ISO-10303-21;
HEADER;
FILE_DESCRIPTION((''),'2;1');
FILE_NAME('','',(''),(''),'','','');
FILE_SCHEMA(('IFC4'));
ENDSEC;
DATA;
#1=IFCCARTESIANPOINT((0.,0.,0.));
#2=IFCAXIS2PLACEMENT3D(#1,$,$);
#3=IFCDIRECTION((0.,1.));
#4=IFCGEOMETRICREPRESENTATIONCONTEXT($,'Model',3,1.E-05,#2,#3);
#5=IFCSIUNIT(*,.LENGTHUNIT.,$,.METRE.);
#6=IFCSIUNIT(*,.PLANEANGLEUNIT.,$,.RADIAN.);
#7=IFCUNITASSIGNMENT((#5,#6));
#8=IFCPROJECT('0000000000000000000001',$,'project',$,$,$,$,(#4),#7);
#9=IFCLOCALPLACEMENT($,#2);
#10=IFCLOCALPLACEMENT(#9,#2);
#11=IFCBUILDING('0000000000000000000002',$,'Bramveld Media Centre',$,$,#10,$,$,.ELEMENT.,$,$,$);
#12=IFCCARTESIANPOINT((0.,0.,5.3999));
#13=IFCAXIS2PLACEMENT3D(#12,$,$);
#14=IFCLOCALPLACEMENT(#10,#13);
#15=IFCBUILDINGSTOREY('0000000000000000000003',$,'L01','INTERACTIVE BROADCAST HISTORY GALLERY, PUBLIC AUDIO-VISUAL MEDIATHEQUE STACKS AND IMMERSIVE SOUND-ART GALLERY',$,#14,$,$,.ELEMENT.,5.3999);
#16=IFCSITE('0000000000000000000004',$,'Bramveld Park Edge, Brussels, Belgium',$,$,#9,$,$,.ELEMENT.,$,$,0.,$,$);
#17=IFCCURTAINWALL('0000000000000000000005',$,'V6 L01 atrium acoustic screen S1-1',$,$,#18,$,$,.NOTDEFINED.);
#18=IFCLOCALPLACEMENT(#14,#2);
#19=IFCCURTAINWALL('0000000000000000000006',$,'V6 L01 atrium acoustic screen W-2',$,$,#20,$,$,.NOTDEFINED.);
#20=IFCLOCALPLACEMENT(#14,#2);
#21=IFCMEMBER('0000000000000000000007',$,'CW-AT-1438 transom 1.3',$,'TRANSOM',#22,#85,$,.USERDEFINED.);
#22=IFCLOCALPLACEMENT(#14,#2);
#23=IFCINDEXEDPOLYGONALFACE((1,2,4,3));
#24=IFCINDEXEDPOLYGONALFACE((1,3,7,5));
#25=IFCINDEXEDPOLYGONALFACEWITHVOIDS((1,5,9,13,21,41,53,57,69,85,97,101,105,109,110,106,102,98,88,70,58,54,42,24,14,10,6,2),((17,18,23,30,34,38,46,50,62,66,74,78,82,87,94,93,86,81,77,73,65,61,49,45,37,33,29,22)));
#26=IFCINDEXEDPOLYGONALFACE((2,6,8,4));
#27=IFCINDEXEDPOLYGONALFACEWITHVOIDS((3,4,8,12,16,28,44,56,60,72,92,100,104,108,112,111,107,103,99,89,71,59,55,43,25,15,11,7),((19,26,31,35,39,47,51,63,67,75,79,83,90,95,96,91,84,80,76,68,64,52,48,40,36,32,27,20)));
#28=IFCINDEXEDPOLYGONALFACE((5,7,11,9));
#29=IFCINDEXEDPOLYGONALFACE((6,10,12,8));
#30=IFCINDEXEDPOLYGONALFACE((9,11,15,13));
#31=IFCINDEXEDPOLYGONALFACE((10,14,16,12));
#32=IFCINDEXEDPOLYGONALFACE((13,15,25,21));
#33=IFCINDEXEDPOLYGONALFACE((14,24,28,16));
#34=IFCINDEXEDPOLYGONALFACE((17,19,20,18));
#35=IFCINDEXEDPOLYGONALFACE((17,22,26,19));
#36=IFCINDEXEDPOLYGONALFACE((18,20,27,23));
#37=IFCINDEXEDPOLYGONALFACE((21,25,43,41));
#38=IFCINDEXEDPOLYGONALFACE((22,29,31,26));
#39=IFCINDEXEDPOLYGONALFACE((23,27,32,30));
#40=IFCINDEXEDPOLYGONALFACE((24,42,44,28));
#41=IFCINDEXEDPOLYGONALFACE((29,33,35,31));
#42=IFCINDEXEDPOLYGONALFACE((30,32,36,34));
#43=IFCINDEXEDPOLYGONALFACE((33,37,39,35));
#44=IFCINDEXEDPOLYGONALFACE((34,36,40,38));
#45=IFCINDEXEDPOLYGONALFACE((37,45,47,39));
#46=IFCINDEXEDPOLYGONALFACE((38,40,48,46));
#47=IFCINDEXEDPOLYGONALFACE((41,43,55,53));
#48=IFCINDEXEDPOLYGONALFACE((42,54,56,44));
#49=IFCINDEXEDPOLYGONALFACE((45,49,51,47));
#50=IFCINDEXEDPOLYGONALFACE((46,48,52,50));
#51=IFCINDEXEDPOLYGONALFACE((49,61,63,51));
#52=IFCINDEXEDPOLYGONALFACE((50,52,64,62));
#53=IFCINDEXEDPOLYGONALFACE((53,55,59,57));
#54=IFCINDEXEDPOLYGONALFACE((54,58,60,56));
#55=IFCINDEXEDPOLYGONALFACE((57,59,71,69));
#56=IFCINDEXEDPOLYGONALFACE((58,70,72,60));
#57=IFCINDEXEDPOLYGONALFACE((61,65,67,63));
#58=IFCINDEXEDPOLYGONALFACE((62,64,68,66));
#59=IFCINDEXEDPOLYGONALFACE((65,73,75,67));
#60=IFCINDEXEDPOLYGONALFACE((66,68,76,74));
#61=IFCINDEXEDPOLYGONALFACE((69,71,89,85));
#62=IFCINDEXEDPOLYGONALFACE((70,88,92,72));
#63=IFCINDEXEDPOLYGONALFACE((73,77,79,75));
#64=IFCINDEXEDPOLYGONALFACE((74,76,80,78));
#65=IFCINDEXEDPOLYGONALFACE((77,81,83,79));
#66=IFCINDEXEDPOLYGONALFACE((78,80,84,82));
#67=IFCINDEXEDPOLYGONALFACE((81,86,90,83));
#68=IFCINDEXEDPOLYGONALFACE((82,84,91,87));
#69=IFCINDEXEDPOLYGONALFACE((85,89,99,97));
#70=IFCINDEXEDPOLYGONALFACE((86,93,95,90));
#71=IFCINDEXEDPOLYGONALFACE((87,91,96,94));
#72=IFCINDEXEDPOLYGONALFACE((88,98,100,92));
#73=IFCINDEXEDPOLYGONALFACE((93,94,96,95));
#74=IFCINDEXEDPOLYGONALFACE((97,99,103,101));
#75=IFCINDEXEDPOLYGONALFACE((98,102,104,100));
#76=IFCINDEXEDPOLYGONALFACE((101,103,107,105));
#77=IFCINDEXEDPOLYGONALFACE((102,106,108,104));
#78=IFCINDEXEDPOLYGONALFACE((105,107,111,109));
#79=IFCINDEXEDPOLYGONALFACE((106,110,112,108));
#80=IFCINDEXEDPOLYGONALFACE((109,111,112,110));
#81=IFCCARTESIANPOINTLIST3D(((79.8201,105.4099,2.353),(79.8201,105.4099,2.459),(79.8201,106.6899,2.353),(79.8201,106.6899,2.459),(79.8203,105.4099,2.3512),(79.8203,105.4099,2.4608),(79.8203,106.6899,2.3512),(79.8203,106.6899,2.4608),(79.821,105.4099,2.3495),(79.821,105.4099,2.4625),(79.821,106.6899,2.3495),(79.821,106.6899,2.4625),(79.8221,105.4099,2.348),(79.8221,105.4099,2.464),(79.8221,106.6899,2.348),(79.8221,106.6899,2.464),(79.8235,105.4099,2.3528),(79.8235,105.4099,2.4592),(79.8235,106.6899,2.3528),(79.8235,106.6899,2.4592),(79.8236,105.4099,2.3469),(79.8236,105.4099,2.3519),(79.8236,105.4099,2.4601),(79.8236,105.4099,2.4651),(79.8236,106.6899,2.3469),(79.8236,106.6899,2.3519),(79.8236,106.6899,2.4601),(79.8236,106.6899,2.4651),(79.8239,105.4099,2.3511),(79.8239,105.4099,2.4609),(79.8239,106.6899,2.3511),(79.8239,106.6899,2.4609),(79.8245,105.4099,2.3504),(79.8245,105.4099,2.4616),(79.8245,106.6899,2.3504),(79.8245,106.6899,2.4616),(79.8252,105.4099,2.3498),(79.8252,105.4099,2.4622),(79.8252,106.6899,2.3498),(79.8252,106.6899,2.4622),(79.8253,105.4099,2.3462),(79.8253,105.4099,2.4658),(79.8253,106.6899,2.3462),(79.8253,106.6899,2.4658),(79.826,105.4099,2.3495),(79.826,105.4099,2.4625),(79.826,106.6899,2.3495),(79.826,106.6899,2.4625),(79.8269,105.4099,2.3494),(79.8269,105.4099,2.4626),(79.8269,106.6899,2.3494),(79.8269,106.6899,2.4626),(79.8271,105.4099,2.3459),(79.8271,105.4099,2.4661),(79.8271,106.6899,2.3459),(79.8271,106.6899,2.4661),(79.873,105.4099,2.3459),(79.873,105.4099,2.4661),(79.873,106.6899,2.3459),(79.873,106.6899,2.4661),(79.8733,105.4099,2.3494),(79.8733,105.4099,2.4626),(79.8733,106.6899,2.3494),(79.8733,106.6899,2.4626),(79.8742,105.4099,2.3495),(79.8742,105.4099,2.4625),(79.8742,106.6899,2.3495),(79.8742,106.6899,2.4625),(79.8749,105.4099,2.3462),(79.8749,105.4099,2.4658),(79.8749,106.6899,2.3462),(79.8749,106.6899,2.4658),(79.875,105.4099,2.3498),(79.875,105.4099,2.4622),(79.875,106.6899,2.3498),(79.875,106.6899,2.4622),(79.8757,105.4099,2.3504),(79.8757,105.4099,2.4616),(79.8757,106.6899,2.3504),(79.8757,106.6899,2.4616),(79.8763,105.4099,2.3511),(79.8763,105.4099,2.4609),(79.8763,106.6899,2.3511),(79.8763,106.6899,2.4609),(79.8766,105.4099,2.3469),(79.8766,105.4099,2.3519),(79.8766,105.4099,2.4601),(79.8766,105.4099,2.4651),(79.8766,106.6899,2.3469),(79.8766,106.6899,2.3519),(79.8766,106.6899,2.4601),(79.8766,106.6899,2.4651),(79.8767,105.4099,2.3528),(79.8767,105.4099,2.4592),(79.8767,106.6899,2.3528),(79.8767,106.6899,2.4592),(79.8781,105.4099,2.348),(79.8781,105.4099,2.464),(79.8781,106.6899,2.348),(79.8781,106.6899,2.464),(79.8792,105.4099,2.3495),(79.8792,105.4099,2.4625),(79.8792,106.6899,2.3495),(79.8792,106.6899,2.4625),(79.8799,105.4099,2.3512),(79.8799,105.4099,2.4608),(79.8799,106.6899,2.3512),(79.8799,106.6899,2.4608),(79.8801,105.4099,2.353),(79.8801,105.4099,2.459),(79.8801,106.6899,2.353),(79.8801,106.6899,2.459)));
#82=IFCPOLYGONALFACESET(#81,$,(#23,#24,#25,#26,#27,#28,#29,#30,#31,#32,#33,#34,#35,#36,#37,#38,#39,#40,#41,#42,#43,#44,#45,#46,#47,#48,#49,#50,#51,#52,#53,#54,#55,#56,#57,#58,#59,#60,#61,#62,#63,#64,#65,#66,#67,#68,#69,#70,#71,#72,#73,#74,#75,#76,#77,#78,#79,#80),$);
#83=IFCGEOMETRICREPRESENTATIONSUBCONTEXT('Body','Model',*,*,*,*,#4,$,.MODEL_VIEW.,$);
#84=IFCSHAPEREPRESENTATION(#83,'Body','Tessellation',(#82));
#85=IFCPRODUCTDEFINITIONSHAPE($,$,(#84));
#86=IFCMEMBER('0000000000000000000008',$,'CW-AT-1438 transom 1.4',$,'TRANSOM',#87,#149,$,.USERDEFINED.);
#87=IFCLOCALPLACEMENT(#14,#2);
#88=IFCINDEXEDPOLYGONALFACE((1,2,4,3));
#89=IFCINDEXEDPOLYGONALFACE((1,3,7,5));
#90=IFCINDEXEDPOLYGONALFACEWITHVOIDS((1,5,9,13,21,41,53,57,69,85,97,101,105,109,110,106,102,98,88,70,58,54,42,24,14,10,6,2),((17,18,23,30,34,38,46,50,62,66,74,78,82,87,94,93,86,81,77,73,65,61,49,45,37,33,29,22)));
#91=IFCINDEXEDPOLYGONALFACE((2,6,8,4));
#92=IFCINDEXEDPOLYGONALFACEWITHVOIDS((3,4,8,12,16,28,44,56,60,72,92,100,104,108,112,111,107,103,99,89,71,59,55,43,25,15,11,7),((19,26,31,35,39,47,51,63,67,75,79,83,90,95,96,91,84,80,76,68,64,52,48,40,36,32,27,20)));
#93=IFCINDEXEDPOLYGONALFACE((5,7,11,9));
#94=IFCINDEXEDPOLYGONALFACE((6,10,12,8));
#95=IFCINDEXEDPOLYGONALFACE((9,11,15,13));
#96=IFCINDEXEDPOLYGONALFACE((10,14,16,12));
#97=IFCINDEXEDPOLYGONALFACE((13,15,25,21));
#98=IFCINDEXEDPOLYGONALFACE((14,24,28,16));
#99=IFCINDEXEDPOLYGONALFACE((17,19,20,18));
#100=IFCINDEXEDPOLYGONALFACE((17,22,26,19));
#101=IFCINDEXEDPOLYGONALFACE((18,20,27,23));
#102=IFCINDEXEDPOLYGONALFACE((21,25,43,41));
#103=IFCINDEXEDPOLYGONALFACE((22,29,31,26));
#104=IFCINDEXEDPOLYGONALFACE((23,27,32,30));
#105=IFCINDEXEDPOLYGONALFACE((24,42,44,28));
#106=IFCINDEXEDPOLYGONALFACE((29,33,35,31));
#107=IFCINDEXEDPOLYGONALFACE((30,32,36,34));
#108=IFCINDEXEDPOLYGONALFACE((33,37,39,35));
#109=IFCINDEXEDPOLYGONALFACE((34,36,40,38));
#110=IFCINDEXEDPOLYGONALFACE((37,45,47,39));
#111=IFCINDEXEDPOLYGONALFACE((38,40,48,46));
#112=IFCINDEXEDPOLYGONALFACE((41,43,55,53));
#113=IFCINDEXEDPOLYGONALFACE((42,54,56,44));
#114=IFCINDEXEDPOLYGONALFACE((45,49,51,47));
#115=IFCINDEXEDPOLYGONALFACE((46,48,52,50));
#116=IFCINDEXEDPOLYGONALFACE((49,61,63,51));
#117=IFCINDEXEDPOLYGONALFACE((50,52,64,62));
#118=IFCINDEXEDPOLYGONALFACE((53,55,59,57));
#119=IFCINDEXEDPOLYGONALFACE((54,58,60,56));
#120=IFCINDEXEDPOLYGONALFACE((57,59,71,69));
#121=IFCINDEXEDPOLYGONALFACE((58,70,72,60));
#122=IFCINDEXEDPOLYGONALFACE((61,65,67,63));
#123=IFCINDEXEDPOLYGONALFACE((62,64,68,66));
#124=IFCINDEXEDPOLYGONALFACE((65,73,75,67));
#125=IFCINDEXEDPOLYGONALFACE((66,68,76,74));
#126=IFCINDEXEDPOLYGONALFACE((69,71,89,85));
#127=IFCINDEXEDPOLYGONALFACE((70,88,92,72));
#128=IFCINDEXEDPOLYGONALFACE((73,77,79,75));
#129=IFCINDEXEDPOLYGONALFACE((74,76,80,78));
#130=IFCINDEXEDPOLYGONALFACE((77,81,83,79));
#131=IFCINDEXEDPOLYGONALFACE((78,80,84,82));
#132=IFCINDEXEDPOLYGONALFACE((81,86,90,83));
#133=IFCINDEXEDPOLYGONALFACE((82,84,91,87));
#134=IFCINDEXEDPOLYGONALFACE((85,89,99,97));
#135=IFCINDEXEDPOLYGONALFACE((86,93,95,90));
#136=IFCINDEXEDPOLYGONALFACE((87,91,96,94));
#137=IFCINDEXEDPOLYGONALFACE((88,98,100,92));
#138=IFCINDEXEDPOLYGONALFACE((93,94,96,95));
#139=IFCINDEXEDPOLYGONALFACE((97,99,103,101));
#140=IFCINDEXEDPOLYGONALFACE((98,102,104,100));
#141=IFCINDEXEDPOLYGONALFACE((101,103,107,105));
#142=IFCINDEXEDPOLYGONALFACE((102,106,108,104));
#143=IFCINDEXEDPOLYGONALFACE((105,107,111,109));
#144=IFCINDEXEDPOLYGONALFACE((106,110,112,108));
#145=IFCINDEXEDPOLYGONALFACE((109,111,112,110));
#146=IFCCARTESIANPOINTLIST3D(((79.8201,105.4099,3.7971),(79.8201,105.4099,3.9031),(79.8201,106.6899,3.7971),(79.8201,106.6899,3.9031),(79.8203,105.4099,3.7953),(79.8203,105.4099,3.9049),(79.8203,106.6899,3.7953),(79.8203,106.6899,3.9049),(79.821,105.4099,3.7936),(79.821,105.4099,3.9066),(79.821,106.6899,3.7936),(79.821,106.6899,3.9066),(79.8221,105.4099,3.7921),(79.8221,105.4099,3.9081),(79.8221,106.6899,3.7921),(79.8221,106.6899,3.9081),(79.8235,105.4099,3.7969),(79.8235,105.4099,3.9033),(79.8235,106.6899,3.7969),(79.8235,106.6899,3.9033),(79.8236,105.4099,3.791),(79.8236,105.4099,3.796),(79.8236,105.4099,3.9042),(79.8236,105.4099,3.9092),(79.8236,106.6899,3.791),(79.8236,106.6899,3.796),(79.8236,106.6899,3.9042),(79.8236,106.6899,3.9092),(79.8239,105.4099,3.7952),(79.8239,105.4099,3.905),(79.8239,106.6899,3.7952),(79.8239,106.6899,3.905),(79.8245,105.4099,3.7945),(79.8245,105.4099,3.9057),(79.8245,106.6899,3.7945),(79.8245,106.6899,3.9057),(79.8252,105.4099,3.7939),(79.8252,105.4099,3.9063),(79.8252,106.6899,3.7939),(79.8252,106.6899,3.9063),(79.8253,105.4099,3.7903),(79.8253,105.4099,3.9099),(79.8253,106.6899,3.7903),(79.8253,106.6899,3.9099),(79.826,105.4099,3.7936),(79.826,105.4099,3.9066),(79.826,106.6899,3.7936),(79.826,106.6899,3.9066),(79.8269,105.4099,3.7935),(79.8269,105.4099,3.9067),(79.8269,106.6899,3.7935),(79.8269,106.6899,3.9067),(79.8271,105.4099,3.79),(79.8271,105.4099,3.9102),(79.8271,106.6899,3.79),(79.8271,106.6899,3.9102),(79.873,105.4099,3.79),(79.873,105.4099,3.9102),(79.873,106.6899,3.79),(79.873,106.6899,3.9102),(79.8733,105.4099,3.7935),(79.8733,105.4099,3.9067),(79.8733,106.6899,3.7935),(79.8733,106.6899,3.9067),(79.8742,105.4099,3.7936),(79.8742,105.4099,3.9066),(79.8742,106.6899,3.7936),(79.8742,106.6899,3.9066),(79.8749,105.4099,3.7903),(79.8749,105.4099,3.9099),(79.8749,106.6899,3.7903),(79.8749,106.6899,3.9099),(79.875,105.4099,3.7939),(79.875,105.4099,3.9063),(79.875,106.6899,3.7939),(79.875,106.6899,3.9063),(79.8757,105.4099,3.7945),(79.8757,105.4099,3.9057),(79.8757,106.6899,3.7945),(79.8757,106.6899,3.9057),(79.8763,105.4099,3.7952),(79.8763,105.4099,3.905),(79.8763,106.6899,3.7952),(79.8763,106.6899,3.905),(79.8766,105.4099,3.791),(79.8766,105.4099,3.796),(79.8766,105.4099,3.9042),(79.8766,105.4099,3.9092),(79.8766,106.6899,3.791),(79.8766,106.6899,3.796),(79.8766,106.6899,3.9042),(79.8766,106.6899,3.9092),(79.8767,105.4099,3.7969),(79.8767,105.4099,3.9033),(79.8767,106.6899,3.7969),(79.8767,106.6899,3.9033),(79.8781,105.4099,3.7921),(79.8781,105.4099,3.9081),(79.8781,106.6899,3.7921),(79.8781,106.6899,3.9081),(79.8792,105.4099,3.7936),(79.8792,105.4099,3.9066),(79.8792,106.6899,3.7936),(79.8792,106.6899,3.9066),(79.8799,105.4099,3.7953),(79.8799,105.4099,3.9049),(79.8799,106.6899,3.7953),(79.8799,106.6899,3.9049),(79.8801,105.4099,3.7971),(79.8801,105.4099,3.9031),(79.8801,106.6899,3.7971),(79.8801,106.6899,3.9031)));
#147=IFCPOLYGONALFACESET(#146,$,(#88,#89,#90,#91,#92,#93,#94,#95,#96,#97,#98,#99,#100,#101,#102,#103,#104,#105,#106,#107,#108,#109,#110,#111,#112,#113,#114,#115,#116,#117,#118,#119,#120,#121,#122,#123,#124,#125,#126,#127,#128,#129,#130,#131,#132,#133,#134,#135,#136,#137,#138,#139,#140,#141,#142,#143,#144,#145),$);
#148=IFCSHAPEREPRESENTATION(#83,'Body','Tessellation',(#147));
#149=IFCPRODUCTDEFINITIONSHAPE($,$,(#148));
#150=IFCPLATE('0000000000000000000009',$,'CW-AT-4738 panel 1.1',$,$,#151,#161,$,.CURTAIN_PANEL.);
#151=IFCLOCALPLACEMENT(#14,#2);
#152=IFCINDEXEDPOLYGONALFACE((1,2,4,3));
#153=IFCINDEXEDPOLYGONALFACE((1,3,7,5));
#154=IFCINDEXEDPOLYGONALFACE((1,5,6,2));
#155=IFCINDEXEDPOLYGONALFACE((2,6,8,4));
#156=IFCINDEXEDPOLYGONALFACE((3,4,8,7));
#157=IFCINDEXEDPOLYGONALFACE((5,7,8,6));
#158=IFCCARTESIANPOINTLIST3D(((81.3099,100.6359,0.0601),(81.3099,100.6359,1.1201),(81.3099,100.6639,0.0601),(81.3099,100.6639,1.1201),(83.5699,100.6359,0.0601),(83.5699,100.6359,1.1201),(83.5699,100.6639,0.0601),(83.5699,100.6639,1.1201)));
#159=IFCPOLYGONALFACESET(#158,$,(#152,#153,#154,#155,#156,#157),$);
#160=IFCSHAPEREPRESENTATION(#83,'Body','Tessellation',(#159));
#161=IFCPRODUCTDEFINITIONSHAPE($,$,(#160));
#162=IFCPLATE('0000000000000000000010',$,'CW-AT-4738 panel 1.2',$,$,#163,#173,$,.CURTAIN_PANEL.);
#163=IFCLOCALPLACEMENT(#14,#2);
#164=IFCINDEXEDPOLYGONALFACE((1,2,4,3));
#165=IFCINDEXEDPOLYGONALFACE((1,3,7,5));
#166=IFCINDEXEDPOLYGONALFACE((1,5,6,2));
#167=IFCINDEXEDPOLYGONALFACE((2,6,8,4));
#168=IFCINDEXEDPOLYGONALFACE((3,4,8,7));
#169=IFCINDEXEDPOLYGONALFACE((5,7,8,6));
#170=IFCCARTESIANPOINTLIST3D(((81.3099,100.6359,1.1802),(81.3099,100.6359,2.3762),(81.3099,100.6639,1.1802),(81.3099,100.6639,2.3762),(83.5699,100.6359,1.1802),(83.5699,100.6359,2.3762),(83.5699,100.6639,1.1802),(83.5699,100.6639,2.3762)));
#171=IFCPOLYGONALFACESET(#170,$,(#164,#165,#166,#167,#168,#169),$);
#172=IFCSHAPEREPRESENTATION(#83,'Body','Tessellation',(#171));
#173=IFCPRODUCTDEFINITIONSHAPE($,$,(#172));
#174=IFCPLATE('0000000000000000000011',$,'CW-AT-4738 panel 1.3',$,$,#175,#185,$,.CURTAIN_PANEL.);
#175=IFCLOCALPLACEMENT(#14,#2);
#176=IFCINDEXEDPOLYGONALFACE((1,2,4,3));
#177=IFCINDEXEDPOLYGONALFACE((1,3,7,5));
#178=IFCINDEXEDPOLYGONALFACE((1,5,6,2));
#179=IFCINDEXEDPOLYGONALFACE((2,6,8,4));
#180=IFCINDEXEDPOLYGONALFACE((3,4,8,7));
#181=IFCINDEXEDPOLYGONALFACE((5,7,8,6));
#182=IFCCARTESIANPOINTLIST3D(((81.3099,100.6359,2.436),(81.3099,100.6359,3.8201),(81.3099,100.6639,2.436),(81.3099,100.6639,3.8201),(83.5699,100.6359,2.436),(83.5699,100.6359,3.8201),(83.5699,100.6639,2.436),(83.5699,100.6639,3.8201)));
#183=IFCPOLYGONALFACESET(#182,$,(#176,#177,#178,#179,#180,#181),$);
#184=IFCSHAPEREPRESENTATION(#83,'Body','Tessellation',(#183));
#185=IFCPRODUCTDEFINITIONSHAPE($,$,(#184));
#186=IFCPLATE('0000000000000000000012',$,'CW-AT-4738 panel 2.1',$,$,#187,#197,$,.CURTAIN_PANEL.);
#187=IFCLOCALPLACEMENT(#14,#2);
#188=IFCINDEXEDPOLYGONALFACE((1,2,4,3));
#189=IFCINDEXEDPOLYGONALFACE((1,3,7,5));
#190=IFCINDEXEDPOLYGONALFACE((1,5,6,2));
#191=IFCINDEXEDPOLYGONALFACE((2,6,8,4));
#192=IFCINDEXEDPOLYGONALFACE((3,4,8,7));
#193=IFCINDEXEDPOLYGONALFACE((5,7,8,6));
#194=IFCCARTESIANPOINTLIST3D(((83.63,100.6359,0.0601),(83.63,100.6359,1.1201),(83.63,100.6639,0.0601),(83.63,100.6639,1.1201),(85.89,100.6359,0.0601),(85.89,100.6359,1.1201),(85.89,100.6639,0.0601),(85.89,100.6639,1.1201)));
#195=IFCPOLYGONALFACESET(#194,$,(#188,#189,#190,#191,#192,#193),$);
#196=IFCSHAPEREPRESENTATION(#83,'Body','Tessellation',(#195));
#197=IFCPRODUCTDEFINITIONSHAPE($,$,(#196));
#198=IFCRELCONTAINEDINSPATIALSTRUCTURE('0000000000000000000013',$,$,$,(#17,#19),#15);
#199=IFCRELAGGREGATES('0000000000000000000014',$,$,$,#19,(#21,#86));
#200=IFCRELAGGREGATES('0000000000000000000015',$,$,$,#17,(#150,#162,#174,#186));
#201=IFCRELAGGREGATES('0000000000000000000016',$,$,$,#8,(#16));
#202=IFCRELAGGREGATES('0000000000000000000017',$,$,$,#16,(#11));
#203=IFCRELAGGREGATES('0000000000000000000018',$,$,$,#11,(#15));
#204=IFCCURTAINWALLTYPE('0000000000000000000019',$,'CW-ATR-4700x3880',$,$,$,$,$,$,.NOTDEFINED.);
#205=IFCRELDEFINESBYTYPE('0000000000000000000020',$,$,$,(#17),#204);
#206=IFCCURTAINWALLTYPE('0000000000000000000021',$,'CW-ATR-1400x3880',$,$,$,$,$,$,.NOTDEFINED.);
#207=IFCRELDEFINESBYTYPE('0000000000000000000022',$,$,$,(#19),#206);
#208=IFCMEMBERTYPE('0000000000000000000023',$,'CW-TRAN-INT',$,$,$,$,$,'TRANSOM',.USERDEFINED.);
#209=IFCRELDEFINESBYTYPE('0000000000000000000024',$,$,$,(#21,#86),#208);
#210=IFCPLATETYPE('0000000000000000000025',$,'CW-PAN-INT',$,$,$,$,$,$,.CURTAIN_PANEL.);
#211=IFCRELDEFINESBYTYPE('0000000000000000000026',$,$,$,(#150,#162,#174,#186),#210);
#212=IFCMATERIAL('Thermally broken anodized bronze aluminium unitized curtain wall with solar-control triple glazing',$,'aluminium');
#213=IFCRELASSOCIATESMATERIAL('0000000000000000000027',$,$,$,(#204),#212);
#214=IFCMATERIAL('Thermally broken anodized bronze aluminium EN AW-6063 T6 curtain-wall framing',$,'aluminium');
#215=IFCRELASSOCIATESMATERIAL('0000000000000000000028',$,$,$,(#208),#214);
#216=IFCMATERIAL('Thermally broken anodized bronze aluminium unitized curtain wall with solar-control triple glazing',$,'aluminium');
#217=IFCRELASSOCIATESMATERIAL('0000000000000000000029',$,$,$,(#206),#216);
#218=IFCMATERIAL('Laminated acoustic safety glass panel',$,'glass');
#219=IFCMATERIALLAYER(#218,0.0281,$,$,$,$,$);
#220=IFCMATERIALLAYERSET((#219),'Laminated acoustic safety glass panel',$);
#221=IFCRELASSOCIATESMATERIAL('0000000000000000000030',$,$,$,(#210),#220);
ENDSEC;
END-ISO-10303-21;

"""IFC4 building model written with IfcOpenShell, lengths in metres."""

from ifc_helpers import new_model, si_unit, direction, frame, origin, origin_2d, place, context, subcontext, project, spatial, rectangle, hollow_rectangle, extrude, material, layer, layer_set, material_profile, profile_set, type_object, element, aggregate, save


model = new_model("IFC4")

# Units and contexts
model_context = context("Model", 3, precision=1e-05, world=origin(), true_north=direction((0.0, 1.0)))
body_context = subcontext(model_context, "Body", "Model", "MODEL_VIEW")
ifc_project = project(units=[si_unit("LENGTHUNIT", "METRE"), si_unit("PLANEANGLEUNIT", "RADIAN")], contexts=[model_context])

# Site, building, storey
site_placement = place(None, origin())
site = spatial("IfcSite", under=ifc_project, at=site_placement, Name="Bramveld Park Edge, Brussels, Belgium", CompositionType="ELEMENT", RefElevation=0.0)
building_placement = place(site_placement, origin())
building = spatial("IfcBuilding", under=site, at=building_placement, Name="Bramveld Media Centre", CompositionType="ELEMENT")
storey_placement = place(building_placement, frame((0.0, 0.0, 5.3999)))
storey = spatial("IfcBuildingStorey", under=building, at=storey_placement, Name="L01", Description="INTERACTIVE BROADCAST HISTORY GALLERY, PUBLIC AUDIO-VISUAL MEDIATHEQUE STACKS AND IMMERSIVE SOUND-ART GALLERY", CompositionType="ELEMENT", Elevation=5.3999)

# Curtain walls, members
ifc_material_1 = material(Name="Thermally broken anodized bronze aluminium unitized curtain wall with solar-control triple glazing", Category="aluminium")
curtain_wall_type_1 = type_object("IfcCurtainWallType", Name="CW-ATR-4700x3880", PredefinedType="NOTDEFINED", material=ifc_material_1)
curtain_wall_1_placement = place(storey_placement, origin())
curtain_wall_1 = element("IfcCurtainWall", 1, at=curtain_wall_1_placement, inside=storey, type_object=curtain_wall_type_1, Name="V6 L01 atrium acoustic screen S1-1", PredefinedType="NOTDEFINED")
ifc_material_2 = material(Name="Thermally broken anodized bronze aluminium EN AW-6063 T6 curtain-wall framing", Category="aluminium")
ifc_material_profile_1 = material_profile(ifc_material_2, hollow_rectangle(XDim=0.0601, YDim=0.1201, WallThickness=0.0034, InnerFilletRadius=0.0034, OuterFilletRadius=0.0071, at=origin_2d()), Name="AL-TRAN 60x120")
ifc_profile_set_1 = profile_set([ifc_material_profile_1], Name="Thermally broken anodized bronze aluminium EN AW-6063 T6 curtain-wall framing")
member_type_1 = type_object("IfcMemberType", Name="CW-TRAN-INT", ElementType="TRANSOM", PredefinedType="USERDEFINED", material=ifc_profile_set_1)
ifc_material_3 = material(Name="Thermally broken anodized bronze aluminium unitized curtain wall with solar-control triple glazing", Category="aluminium")
curtain_wall_type_2 = type_object("IfcCurtainWallType", Name="CW-ATR-1400x3880", PredefinedType="NOTDEFINED", material=ifc_material_3)
curtain_wall_2_placement = place(storey_placement, origin())
curtain_wall_2 = element("IfcCurtainWall", 2, at=curtain_wall_2_placement, inside=storey, type_object=curtain_wall_type_2, Name="V6 L01 atrium acoustic screen W-2", PredefinedType="NOTDEFINED")
member_1_placement = place(storey_placement, frame((79.8501, 105.4099, 2.406), z_axis=(0.0, 1.0, 0.0), x_axis=(-1.0, 0.0, 0.0)))
member_1 = element("IfcMember", 3, at=member_1_placement, type_object=member_type_1, Name="CW-AT-1438 transom 1.3", ObjectType="TRANSOM", PredefinedType="USERDEFINED", context=body_context, shape_type="SweptSolid", body=[
    extrude(hollow_rectangle(XDim=0.0601, YDim=0.1201, WallThickness=0.0034, InnerFilletRadius=0.0034, OuterFilletRadius=0.0071, at=origin_2d()), origin(), (0.0, 0.0, 1.0), 1.28),
])
member_2_placement = place(storey_placement, frame((79.8501, 105.4099, 3.8501), z_axis=(0.0, 1.0, 0.0), x_axis=(-1.0, 0.0, 0.0)))
member_2 = element("IfcMember", 4, at=member_2_placement, type_object=member_type_1, Name="CW-AT-1438 transom 1.4", ObjectType="TRANSOM", PredefinedType="USERDEFINED", context=body_context, shape_type="SweptSolid", body=[
    extrude(hollow_rectangle(XDim=0.0601, YDim=0.1201, WallThickness=0.0034, InnerFilletRadius=0.0034, OuterFilletRadius=0.0071, at=origin_2d()), origin(), (0.0, 0.0, 1.0), 1.28),
])
aggregate(curtain_wall_2, [member_1, member_2])

# Plates
ifc_material_4 = material(Name="Laminated acoustic safety glass panel", Category="glass")
ifc_layer = layer(ifc_material_4, 0.0281)
ifc_layer_set = layer_set([ifc_layer], Name="Laminated acoustic safety glass panel")
plate_type = type_object("IfcPlateType", Name="CW-PAN-INT", PredefinedType="CURTAIN_PANEL", material=ifc_layer_set)
plate_1_placement = place(storey_placement, frame((82.4399, 100.6499, 0.0601), z_axis=(0.0, 0.0, 1.0), x_axis=(1.0, 0.0, 0.0)))
plate_1 = element("IfcPlate", 5, at=plate_1_placement, type_object=plate_type, Name="CW-AT-4738 panel 1.1", PredefinedType="CURTAIN_PANEL", context=body_context, shape_type="SweptSolid", body=[
    extrude(rectangle(XDim=2.26, YDim=0.0281, at=origin_2d()), origin(), (0.0, 0.0, 1.0), 1.0601),
])
plate_2_placement = place(storey_placement, frame((82.4399, 100.6499, 1.1802), z_axis=(0.0, 0.0, 1.0), x_axis=(1.0, 0.0, 0.0)))
plate_2 = element("IfcPlate", 6, at=plate_2_placement, type_object=plate_type, Name="CW-AT-4738 panel 1.2", PredefinedType="CURTAIN_PANEL", context=body_context, shape_type="SweptSolid", body=[
    extrude(rectangle(XDim=2.26, YDim=0.0281, at=origin_2d()), origin(), (0.0, 0.0, 1.0), 1.196),
])
plate_3_placement = place(storey_placement, frame((82.4399, 100.6499, 2.436), z_axis=(0.0, 0.0, 1.0), x_axis=(1.0, 0.0, 0.0)))
plate_3 = element("IfcPlate", 7, at=plate_3_placement, type_object=plate_type, Name="CW-AT-4738 panel 1.3", PredefinedType="CURTAIN_PANEL", context=body_context, shape_type="SweptSolid", body=[
    extrude(rectangle(XDim=2.26, YDim=0.0281, at=origin_2d()), origin(), (0.0, 0.0, 1.0), 1.384),
])
plate_4_placement = place(storey_placement, frame((84.76, 100.6499, 0.0601), z_axis=(0.0, 0.0, 1.0), x_axis=(1.0, 0.0, 0.0)))
plate_4 = element("IfcPlate", 8, at=plate_4_placement, type_object=plate_type, Name="CW-AT-4738 panel 2.1", PredefinedType="CURTAIN_PANEL", context=body_context, shape_type="SweptSolid", body=[
    extrude(rectangle(XDim=2.26, YDim=0.0281, at=origin_2d()), origin(), (0.0, 0.0, 1.0), 1.0601),
])
aggregate(curtain_wall_1, [plate_1, plate_2, plate_3, plate_4])

save(model, "model.ifc")
